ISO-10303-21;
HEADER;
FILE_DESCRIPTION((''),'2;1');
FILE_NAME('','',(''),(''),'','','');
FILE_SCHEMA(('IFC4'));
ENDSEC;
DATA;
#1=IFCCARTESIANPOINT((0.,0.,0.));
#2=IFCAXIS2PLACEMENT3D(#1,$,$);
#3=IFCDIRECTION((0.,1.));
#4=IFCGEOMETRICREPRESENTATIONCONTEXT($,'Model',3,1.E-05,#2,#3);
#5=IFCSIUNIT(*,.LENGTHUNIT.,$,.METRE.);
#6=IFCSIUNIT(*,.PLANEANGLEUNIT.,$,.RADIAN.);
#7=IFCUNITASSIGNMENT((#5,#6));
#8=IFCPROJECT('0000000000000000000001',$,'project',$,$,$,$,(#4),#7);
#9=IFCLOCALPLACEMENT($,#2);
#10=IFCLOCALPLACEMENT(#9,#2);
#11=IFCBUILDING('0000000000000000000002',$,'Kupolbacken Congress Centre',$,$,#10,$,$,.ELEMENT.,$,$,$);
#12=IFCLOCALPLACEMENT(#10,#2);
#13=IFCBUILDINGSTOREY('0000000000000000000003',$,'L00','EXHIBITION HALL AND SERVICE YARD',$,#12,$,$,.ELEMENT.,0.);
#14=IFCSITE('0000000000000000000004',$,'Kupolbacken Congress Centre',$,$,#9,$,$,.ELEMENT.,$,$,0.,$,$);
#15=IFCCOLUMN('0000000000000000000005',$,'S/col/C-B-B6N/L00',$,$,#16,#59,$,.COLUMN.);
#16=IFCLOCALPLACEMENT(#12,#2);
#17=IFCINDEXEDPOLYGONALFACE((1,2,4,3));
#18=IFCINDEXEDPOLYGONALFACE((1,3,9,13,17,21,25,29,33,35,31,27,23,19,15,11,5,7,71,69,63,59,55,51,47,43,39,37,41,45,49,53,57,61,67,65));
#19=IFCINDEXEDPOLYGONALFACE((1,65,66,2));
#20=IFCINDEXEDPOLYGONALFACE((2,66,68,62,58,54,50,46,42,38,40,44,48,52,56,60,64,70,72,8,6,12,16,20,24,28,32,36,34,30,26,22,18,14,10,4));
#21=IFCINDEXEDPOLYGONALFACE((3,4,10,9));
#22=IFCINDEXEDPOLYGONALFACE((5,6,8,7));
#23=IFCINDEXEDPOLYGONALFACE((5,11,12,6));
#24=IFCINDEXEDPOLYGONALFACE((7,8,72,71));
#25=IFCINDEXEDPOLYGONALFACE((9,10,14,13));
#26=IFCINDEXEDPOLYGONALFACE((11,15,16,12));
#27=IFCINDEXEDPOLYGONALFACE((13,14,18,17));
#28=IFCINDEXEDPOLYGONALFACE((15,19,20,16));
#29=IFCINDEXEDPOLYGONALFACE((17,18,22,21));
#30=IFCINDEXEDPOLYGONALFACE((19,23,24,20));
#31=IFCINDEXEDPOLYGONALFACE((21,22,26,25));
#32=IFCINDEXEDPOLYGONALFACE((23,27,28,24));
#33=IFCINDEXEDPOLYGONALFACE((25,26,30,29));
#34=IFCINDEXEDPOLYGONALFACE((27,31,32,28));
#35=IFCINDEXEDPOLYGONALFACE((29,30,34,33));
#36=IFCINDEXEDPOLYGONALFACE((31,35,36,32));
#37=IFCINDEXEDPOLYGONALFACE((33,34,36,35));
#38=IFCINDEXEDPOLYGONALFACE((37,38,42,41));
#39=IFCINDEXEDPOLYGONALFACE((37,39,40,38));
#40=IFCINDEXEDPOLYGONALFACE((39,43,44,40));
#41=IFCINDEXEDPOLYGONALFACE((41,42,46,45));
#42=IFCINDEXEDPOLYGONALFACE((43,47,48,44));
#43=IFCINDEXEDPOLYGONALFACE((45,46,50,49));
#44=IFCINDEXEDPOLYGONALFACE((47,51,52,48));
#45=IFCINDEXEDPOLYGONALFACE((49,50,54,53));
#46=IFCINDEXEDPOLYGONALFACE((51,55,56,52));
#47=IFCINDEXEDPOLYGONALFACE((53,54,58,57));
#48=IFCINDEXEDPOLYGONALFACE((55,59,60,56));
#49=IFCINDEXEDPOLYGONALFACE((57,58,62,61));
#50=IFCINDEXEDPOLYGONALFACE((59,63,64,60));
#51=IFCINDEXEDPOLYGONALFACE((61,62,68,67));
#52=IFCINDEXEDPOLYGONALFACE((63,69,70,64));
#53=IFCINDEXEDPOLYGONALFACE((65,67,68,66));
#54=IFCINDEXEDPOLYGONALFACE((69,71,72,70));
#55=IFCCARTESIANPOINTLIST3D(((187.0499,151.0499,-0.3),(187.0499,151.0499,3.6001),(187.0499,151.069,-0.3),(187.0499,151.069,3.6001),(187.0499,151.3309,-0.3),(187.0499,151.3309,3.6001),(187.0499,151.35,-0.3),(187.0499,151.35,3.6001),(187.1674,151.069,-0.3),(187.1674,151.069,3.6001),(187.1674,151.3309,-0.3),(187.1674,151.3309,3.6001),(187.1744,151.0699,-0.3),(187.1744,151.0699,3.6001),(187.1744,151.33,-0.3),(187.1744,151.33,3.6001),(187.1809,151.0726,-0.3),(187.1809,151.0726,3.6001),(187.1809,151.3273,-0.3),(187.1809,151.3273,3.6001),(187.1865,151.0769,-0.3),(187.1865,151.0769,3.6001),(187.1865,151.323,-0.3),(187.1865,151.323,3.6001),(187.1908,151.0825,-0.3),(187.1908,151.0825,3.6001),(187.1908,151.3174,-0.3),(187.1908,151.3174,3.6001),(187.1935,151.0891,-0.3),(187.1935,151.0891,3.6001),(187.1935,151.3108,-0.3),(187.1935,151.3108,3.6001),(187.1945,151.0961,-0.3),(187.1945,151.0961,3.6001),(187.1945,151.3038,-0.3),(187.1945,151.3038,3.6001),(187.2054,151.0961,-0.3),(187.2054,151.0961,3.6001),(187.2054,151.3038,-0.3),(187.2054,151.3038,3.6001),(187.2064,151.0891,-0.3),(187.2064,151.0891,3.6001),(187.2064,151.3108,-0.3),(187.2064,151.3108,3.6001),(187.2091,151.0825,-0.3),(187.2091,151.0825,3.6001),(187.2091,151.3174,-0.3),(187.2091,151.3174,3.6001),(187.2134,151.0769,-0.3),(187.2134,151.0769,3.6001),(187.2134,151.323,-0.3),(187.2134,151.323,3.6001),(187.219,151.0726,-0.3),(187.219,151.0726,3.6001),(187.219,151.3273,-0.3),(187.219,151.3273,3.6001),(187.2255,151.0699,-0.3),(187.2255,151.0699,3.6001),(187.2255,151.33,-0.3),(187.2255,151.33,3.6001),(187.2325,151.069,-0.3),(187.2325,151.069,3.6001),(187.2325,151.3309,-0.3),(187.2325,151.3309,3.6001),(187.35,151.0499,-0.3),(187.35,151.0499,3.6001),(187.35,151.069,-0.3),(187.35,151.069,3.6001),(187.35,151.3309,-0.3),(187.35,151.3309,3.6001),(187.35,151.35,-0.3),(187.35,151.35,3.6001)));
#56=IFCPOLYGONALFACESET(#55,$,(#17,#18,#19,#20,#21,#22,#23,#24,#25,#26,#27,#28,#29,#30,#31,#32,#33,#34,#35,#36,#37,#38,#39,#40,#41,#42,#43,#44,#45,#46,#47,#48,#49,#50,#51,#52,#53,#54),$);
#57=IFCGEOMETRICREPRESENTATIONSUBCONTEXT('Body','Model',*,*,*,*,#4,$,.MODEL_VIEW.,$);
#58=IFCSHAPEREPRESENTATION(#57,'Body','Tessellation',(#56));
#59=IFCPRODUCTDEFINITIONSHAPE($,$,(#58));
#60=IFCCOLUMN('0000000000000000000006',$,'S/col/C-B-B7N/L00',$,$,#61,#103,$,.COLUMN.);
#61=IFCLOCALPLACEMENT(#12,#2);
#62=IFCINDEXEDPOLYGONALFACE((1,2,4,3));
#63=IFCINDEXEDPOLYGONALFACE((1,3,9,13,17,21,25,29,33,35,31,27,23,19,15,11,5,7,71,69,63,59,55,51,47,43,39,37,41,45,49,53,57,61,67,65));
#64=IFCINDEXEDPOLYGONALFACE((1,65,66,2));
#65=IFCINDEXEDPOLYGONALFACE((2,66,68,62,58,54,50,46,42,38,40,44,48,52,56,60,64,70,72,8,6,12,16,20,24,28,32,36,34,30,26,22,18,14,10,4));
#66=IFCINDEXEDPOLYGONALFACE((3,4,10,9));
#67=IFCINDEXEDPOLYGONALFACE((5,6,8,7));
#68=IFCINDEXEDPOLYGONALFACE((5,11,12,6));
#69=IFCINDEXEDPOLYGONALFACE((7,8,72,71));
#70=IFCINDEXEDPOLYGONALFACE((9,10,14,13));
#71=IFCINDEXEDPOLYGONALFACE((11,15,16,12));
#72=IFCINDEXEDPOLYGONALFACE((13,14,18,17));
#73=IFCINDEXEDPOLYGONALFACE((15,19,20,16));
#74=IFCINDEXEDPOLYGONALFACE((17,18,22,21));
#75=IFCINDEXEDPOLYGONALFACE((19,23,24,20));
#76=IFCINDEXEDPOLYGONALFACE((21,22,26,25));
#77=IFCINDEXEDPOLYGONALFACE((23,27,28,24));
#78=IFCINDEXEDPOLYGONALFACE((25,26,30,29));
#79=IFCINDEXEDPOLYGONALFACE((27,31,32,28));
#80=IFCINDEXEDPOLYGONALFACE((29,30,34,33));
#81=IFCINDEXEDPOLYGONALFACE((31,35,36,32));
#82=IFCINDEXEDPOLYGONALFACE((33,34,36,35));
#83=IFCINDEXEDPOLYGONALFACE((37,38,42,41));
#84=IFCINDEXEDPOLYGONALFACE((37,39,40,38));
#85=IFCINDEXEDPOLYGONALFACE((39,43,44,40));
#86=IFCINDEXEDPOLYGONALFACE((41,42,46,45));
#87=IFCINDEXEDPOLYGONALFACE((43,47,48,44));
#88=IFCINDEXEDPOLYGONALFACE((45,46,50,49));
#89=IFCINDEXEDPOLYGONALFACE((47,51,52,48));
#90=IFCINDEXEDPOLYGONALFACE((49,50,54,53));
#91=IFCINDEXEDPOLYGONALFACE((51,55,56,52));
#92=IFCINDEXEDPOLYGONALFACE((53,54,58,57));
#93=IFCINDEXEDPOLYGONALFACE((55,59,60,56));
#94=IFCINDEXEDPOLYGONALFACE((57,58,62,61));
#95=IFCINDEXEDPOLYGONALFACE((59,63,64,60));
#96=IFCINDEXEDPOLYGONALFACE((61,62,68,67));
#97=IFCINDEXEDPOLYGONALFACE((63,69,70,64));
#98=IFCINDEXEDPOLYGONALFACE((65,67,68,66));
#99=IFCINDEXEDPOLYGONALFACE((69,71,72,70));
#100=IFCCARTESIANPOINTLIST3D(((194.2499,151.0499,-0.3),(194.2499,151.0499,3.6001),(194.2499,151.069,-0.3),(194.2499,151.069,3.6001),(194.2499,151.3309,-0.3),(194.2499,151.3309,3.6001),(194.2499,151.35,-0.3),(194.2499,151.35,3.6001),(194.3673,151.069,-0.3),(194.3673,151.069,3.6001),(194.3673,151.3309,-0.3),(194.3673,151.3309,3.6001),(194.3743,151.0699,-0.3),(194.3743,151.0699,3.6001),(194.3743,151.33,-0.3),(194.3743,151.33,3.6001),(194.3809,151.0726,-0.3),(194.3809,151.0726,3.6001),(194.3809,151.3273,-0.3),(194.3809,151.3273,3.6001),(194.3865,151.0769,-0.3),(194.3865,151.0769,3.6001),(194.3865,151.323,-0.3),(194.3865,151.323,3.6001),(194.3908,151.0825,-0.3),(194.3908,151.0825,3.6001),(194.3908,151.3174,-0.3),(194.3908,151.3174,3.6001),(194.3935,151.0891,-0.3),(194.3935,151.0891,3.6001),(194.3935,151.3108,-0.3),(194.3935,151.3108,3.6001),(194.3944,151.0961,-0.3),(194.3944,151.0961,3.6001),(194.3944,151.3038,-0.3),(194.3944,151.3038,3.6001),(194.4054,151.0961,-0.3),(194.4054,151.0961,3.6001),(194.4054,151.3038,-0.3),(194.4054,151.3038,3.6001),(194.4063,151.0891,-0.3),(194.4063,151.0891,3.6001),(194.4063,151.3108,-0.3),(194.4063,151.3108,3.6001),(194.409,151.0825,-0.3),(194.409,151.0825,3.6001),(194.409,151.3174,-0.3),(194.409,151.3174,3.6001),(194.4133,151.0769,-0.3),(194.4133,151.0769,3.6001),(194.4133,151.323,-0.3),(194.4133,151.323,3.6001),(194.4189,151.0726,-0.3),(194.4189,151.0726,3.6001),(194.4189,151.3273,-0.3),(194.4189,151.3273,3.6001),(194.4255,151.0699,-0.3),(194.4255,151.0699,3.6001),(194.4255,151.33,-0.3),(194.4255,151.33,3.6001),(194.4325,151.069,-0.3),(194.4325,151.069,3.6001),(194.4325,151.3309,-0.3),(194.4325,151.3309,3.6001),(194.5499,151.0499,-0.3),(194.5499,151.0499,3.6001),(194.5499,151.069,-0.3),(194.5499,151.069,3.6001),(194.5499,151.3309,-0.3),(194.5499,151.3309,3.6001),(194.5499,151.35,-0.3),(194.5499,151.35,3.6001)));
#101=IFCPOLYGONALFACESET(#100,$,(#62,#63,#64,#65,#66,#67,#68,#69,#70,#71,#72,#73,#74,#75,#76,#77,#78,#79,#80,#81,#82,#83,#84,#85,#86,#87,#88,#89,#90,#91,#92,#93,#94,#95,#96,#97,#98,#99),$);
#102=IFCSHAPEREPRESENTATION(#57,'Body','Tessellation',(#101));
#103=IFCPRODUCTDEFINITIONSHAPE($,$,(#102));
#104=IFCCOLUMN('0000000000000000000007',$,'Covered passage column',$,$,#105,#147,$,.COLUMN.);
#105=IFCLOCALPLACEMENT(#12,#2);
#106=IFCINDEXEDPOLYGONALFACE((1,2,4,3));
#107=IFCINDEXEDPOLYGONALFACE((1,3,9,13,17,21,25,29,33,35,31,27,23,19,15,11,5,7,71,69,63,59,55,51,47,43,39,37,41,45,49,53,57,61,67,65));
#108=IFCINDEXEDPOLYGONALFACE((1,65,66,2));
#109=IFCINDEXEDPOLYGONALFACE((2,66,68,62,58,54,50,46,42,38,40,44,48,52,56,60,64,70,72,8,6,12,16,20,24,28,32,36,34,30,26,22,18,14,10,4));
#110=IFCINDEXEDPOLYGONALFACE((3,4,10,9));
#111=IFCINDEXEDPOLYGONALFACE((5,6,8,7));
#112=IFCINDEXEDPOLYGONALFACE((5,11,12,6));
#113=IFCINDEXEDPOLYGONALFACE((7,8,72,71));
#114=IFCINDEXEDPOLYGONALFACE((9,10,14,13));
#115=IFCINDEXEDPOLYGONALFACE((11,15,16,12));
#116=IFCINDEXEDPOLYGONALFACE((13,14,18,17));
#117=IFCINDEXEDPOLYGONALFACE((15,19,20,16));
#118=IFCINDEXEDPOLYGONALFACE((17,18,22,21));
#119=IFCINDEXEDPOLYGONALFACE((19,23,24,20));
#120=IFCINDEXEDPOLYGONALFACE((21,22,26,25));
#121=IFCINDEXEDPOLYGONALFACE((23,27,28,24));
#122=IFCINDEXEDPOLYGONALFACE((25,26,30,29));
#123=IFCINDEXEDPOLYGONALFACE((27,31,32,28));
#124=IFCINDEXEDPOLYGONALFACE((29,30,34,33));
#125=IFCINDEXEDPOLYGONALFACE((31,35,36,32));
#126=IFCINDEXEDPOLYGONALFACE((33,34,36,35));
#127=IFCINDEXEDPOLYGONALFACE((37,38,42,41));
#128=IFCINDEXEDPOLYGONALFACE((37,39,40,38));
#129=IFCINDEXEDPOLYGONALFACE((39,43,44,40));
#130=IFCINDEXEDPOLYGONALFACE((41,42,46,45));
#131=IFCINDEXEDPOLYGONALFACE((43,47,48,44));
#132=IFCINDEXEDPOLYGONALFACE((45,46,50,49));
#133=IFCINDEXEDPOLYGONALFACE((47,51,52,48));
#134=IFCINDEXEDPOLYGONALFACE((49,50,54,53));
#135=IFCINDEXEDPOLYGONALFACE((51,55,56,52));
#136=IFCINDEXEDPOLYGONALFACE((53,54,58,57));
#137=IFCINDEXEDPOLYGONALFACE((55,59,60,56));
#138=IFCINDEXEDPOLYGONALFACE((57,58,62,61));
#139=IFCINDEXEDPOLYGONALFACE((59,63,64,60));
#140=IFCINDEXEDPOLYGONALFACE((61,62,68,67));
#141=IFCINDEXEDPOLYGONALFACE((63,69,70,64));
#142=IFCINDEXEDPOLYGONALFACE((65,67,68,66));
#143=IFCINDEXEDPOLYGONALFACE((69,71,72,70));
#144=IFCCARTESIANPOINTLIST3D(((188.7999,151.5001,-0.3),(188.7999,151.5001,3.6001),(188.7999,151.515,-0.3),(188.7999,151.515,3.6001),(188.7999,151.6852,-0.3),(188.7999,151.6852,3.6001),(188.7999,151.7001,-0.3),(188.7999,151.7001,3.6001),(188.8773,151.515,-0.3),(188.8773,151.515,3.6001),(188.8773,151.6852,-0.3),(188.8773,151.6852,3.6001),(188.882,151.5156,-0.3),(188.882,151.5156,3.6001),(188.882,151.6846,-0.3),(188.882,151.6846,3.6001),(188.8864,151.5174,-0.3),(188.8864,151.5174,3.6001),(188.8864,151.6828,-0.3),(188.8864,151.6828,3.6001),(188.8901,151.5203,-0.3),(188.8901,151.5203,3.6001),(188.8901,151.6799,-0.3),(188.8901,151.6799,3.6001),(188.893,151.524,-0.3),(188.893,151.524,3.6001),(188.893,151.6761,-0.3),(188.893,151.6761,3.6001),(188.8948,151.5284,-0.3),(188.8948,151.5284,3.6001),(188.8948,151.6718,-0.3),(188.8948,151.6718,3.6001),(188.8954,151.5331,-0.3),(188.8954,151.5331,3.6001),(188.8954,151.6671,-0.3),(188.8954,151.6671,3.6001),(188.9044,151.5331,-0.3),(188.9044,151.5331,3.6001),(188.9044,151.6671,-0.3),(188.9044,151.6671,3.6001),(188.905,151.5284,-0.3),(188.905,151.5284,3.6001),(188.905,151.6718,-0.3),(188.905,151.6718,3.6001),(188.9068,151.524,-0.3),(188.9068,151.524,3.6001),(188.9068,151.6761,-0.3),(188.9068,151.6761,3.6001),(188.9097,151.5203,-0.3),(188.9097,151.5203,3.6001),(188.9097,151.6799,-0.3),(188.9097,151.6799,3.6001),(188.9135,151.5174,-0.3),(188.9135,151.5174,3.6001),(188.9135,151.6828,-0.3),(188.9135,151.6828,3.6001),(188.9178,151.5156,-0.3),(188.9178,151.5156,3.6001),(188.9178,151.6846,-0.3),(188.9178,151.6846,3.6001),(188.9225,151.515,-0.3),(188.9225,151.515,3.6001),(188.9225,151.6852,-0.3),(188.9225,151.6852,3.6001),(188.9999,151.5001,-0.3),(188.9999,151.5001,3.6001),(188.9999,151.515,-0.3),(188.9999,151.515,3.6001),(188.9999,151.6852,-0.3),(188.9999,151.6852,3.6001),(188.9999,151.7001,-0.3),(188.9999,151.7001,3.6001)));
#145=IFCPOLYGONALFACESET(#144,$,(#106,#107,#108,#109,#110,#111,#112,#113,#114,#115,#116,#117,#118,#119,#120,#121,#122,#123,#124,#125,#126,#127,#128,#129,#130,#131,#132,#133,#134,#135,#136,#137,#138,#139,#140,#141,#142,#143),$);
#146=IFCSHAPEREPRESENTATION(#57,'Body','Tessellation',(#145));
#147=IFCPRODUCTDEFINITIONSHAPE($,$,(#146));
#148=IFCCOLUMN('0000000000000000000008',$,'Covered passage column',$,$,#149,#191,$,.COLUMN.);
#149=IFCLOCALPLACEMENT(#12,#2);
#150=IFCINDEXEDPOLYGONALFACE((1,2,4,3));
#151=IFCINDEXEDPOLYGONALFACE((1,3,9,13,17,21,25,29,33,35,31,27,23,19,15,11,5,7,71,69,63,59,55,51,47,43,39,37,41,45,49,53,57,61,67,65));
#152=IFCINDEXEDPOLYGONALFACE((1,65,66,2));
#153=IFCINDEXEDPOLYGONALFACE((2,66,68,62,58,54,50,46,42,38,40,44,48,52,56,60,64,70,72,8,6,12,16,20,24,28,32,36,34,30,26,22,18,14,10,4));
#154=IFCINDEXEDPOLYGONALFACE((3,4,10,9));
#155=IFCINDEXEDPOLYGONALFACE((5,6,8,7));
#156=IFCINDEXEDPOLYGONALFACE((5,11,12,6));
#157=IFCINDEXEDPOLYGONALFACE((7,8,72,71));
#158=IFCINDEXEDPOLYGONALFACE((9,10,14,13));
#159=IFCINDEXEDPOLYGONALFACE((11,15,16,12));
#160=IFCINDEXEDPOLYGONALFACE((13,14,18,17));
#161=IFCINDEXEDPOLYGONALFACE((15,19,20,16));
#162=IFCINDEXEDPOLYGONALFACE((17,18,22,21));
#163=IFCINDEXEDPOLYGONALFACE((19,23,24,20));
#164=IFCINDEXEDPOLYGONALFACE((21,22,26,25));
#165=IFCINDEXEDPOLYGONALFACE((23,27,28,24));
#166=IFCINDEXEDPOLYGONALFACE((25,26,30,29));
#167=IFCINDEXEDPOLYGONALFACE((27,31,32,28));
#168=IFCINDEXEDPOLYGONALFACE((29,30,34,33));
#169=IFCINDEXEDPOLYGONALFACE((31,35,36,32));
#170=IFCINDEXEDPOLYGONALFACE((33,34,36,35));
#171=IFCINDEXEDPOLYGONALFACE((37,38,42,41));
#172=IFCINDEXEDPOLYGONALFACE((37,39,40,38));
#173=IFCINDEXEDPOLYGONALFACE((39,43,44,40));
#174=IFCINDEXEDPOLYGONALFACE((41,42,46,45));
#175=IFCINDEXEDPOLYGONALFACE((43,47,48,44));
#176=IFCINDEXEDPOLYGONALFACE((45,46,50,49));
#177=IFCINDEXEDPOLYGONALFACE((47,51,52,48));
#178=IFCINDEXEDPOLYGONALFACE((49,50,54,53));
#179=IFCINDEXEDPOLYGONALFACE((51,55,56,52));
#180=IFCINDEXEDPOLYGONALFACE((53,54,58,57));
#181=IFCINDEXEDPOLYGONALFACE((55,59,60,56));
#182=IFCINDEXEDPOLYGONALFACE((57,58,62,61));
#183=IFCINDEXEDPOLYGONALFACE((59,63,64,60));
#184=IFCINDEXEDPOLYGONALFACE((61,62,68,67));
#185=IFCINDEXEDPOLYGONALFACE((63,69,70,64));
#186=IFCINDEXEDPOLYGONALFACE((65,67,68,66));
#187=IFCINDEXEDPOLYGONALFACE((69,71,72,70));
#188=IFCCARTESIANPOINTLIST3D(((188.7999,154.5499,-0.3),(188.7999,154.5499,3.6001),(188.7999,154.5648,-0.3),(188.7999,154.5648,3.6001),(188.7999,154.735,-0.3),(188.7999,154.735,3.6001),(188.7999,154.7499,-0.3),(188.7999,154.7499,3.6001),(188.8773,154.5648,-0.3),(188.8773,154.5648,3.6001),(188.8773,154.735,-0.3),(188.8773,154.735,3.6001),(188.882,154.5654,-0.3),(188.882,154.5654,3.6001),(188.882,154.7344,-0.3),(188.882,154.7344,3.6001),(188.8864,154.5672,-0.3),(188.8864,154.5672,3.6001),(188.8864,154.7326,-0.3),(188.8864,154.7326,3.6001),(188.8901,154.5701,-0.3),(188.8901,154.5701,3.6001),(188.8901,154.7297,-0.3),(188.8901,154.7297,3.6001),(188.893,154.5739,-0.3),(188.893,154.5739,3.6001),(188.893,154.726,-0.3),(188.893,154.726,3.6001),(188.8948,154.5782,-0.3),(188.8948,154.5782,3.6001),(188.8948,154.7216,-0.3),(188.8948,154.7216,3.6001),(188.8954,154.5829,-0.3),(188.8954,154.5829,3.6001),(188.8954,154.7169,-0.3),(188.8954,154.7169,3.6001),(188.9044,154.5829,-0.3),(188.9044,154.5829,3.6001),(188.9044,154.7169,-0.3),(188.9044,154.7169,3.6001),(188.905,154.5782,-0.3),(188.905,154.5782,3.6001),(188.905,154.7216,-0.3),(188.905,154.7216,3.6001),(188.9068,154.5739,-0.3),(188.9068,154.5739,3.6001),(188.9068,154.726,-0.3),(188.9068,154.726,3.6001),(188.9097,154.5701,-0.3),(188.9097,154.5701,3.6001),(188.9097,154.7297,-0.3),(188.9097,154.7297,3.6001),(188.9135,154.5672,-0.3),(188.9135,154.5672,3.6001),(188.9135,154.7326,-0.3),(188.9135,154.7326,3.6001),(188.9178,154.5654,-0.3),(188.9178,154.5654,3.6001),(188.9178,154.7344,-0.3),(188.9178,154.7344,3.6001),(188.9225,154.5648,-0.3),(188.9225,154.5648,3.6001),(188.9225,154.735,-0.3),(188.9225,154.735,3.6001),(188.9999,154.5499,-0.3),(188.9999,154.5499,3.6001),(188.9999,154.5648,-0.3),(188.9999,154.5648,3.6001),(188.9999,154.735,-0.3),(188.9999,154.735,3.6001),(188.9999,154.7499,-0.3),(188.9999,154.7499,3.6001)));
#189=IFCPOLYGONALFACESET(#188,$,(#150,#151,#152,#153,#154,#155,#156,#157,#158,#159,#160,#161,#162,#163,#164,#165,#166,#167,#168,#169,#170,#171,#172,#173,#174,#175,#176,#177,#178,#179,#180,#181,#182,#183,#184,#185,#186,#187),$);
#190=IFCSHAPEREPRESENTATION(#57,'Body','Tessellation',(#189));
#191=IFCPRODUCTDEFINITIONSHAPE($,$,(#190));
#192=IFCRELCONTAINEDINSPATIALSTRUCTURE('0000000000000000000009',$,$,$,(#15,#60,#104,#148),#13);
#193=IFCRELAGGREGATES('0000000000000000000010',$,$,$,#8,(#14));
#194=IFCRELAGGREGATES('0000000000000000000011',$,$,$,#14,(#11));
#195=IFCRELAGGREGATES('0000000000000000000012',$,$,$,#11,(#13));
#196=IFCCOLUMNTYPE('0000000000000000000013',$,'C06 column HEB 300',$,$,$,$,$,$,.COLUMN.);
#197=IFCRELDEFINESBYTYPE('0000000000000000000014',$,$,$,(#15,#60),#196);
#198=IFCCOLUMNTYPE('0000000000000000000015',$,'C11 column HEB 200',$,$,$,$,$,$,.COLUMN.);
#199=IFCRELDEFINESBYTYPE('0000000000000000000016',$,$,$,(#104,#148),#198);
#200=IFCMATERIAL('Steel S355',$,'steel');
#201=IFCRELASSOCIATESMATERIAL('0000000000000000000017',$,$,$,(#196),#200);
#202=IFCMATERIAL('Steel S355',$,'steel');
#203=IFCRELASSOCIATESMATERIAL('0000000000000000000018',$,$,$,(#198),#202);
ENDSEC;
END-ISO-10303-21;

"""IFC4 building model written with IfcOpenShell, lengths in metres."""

from ifc_helpers import new_model, si_unit, direction, frame, origin, origin_2d, place, context, subcontext, project, spatial, i_section, extrude, material, material_profile, profile_set, type_object, element, save


model = new_model("IFC4")

# Units and contexts
model_context = context("Model", 3, precision=1e-05, world=origin(), true_north=direction((0.0, 1.0)))
body_context = subcontext(model_context, "Body", "Model", "MODEL_VIEW")
ifc_project = project(units=[si_unit("LENGTHUNIT", "METRE"), si_unit("PLANEANGLEUNIT", "RADIAN")], contexts=[model_context])

# Site, building, storey
site_placement = place(None, origin())
site = spatial("IfcSite", under=ifc_project, at=site_placement, Name="Kupolbacken Congress Centre", CompositionType="ELEMENT", RefElevation=0.0)
building_placement = place(site_placement, origin())
building = spatial("IfcBuilding", under=site, at=building_placement, Name="Kupolbacken Congress Centre", CompositionType="ELEMENT")
storey_placement = place(building_placement, origin())
storey = spatial("IfcBuildingStorey", under=building, at=storey_placement, Name="L00", Description="EXHIBITION HALL AND SERVICE YARD", CompositionType="ELEMENT", Elevation=0.0)

# Columns
ifc_material_1 = material(Name="Steel S355", Category="steel")
ifc_material_profile_1 = material_profile(ifc_material_1, i_section(OverallWidth=0.3, OverallDepth=0.3, WebThickness=0.011, FlangeThickness=0.019, FilletRadius=0.0271, at=origin_2d()), Name="HEB 300")
ifc_profile_set_1 = profile_set([ifc_material_profile_1], Name="Steel S355")
column_type_1 = type_object("IfcColumnType", Name="C06 column HEB 300", PredefinedType="COLUMN", material=ifc_profile_set_1)
for number, where, z_axis, x_axis, name in (
    (1, (187.2, 151.2, -0.3), (0.0, 0.0, 1.0), (1.0, 0.0, 0.0), "S/col/C-B-B6N/L00"),
    (2, (194.3999, 151.2, -0.3), (0.0, 0.0, 1.0), (1.0, 0.0, 0.0), "S/col/C-B-B7N/L00"),
):
    element("IfcColumn", number, at=place(storey_placement, frame(where, z_axis=z_axis, x_axis=x_axis)), inside=storey, type_object=column_type_1, Name=name, PredefinedType="COLUMN", context=body_context, shape_type="SweptSolid", body=[
        extrude(i_section(OverallWidth=0.3, OverallDepth=0.3, WebThickness=0.011, FlangeThickness=0.019, FilletRadius=0.0271, at=origin_2d()), origin(), (0.0, 0.0, 1.0), 3.9001),
    ])
ifc_material_2 = material(Name="Steel S355", Category="steel")
ifc_material_profile_2 = material_profile(ifc_material_2, i_section(OverallWidth=0.2, OverallDepth=0.2, WebThickness=0.009, FlangeThickness=0.0149, FilletRadius=0.0181, at=origin_2d()), Name="HEB 200")
ifc_profile_set_2 = profile_set([ifc_material_profile_2], Name="Steel S355")
column_type_2 = type_object("IfcColumnType", Name="C11 column HEB 200", PredefinedType="COLUMN", material=ifc_profile_set_2)
for number, where, z_axis, x_axis, name in (
    (3, (188.8999, 151.6001, -0.3), (0.0, 0.0, 1.0), (1.0, 0.0, 0.0), "Covered passage column"),
    (4, (188.8999, 154.6499, -0.3), (0.0, 0.0, 1.0), (1.0, 0.0, 0.0), "Covered passage column"),
):
    element("IfcColumn", number, at=place(storey_placement, frame(where, z_axis=z_axis, x_axis=x_axis)), inside=storey, type_object=column_type_2, Name=name, PredefinedType="COLUMN", context=body_context, shape_type="SweptSolid", body=[
        extrude(i_section(OverallWidth=0.2, OverallDepth=0.2, WebThickness=0.009, FlangeThickness=0.0149, FilletRadius=0.0181, at=origin_2d()), origin(), (0.0, 0.0, 1.0), 3.9001),
    ])

save(model, "model.ifc")
